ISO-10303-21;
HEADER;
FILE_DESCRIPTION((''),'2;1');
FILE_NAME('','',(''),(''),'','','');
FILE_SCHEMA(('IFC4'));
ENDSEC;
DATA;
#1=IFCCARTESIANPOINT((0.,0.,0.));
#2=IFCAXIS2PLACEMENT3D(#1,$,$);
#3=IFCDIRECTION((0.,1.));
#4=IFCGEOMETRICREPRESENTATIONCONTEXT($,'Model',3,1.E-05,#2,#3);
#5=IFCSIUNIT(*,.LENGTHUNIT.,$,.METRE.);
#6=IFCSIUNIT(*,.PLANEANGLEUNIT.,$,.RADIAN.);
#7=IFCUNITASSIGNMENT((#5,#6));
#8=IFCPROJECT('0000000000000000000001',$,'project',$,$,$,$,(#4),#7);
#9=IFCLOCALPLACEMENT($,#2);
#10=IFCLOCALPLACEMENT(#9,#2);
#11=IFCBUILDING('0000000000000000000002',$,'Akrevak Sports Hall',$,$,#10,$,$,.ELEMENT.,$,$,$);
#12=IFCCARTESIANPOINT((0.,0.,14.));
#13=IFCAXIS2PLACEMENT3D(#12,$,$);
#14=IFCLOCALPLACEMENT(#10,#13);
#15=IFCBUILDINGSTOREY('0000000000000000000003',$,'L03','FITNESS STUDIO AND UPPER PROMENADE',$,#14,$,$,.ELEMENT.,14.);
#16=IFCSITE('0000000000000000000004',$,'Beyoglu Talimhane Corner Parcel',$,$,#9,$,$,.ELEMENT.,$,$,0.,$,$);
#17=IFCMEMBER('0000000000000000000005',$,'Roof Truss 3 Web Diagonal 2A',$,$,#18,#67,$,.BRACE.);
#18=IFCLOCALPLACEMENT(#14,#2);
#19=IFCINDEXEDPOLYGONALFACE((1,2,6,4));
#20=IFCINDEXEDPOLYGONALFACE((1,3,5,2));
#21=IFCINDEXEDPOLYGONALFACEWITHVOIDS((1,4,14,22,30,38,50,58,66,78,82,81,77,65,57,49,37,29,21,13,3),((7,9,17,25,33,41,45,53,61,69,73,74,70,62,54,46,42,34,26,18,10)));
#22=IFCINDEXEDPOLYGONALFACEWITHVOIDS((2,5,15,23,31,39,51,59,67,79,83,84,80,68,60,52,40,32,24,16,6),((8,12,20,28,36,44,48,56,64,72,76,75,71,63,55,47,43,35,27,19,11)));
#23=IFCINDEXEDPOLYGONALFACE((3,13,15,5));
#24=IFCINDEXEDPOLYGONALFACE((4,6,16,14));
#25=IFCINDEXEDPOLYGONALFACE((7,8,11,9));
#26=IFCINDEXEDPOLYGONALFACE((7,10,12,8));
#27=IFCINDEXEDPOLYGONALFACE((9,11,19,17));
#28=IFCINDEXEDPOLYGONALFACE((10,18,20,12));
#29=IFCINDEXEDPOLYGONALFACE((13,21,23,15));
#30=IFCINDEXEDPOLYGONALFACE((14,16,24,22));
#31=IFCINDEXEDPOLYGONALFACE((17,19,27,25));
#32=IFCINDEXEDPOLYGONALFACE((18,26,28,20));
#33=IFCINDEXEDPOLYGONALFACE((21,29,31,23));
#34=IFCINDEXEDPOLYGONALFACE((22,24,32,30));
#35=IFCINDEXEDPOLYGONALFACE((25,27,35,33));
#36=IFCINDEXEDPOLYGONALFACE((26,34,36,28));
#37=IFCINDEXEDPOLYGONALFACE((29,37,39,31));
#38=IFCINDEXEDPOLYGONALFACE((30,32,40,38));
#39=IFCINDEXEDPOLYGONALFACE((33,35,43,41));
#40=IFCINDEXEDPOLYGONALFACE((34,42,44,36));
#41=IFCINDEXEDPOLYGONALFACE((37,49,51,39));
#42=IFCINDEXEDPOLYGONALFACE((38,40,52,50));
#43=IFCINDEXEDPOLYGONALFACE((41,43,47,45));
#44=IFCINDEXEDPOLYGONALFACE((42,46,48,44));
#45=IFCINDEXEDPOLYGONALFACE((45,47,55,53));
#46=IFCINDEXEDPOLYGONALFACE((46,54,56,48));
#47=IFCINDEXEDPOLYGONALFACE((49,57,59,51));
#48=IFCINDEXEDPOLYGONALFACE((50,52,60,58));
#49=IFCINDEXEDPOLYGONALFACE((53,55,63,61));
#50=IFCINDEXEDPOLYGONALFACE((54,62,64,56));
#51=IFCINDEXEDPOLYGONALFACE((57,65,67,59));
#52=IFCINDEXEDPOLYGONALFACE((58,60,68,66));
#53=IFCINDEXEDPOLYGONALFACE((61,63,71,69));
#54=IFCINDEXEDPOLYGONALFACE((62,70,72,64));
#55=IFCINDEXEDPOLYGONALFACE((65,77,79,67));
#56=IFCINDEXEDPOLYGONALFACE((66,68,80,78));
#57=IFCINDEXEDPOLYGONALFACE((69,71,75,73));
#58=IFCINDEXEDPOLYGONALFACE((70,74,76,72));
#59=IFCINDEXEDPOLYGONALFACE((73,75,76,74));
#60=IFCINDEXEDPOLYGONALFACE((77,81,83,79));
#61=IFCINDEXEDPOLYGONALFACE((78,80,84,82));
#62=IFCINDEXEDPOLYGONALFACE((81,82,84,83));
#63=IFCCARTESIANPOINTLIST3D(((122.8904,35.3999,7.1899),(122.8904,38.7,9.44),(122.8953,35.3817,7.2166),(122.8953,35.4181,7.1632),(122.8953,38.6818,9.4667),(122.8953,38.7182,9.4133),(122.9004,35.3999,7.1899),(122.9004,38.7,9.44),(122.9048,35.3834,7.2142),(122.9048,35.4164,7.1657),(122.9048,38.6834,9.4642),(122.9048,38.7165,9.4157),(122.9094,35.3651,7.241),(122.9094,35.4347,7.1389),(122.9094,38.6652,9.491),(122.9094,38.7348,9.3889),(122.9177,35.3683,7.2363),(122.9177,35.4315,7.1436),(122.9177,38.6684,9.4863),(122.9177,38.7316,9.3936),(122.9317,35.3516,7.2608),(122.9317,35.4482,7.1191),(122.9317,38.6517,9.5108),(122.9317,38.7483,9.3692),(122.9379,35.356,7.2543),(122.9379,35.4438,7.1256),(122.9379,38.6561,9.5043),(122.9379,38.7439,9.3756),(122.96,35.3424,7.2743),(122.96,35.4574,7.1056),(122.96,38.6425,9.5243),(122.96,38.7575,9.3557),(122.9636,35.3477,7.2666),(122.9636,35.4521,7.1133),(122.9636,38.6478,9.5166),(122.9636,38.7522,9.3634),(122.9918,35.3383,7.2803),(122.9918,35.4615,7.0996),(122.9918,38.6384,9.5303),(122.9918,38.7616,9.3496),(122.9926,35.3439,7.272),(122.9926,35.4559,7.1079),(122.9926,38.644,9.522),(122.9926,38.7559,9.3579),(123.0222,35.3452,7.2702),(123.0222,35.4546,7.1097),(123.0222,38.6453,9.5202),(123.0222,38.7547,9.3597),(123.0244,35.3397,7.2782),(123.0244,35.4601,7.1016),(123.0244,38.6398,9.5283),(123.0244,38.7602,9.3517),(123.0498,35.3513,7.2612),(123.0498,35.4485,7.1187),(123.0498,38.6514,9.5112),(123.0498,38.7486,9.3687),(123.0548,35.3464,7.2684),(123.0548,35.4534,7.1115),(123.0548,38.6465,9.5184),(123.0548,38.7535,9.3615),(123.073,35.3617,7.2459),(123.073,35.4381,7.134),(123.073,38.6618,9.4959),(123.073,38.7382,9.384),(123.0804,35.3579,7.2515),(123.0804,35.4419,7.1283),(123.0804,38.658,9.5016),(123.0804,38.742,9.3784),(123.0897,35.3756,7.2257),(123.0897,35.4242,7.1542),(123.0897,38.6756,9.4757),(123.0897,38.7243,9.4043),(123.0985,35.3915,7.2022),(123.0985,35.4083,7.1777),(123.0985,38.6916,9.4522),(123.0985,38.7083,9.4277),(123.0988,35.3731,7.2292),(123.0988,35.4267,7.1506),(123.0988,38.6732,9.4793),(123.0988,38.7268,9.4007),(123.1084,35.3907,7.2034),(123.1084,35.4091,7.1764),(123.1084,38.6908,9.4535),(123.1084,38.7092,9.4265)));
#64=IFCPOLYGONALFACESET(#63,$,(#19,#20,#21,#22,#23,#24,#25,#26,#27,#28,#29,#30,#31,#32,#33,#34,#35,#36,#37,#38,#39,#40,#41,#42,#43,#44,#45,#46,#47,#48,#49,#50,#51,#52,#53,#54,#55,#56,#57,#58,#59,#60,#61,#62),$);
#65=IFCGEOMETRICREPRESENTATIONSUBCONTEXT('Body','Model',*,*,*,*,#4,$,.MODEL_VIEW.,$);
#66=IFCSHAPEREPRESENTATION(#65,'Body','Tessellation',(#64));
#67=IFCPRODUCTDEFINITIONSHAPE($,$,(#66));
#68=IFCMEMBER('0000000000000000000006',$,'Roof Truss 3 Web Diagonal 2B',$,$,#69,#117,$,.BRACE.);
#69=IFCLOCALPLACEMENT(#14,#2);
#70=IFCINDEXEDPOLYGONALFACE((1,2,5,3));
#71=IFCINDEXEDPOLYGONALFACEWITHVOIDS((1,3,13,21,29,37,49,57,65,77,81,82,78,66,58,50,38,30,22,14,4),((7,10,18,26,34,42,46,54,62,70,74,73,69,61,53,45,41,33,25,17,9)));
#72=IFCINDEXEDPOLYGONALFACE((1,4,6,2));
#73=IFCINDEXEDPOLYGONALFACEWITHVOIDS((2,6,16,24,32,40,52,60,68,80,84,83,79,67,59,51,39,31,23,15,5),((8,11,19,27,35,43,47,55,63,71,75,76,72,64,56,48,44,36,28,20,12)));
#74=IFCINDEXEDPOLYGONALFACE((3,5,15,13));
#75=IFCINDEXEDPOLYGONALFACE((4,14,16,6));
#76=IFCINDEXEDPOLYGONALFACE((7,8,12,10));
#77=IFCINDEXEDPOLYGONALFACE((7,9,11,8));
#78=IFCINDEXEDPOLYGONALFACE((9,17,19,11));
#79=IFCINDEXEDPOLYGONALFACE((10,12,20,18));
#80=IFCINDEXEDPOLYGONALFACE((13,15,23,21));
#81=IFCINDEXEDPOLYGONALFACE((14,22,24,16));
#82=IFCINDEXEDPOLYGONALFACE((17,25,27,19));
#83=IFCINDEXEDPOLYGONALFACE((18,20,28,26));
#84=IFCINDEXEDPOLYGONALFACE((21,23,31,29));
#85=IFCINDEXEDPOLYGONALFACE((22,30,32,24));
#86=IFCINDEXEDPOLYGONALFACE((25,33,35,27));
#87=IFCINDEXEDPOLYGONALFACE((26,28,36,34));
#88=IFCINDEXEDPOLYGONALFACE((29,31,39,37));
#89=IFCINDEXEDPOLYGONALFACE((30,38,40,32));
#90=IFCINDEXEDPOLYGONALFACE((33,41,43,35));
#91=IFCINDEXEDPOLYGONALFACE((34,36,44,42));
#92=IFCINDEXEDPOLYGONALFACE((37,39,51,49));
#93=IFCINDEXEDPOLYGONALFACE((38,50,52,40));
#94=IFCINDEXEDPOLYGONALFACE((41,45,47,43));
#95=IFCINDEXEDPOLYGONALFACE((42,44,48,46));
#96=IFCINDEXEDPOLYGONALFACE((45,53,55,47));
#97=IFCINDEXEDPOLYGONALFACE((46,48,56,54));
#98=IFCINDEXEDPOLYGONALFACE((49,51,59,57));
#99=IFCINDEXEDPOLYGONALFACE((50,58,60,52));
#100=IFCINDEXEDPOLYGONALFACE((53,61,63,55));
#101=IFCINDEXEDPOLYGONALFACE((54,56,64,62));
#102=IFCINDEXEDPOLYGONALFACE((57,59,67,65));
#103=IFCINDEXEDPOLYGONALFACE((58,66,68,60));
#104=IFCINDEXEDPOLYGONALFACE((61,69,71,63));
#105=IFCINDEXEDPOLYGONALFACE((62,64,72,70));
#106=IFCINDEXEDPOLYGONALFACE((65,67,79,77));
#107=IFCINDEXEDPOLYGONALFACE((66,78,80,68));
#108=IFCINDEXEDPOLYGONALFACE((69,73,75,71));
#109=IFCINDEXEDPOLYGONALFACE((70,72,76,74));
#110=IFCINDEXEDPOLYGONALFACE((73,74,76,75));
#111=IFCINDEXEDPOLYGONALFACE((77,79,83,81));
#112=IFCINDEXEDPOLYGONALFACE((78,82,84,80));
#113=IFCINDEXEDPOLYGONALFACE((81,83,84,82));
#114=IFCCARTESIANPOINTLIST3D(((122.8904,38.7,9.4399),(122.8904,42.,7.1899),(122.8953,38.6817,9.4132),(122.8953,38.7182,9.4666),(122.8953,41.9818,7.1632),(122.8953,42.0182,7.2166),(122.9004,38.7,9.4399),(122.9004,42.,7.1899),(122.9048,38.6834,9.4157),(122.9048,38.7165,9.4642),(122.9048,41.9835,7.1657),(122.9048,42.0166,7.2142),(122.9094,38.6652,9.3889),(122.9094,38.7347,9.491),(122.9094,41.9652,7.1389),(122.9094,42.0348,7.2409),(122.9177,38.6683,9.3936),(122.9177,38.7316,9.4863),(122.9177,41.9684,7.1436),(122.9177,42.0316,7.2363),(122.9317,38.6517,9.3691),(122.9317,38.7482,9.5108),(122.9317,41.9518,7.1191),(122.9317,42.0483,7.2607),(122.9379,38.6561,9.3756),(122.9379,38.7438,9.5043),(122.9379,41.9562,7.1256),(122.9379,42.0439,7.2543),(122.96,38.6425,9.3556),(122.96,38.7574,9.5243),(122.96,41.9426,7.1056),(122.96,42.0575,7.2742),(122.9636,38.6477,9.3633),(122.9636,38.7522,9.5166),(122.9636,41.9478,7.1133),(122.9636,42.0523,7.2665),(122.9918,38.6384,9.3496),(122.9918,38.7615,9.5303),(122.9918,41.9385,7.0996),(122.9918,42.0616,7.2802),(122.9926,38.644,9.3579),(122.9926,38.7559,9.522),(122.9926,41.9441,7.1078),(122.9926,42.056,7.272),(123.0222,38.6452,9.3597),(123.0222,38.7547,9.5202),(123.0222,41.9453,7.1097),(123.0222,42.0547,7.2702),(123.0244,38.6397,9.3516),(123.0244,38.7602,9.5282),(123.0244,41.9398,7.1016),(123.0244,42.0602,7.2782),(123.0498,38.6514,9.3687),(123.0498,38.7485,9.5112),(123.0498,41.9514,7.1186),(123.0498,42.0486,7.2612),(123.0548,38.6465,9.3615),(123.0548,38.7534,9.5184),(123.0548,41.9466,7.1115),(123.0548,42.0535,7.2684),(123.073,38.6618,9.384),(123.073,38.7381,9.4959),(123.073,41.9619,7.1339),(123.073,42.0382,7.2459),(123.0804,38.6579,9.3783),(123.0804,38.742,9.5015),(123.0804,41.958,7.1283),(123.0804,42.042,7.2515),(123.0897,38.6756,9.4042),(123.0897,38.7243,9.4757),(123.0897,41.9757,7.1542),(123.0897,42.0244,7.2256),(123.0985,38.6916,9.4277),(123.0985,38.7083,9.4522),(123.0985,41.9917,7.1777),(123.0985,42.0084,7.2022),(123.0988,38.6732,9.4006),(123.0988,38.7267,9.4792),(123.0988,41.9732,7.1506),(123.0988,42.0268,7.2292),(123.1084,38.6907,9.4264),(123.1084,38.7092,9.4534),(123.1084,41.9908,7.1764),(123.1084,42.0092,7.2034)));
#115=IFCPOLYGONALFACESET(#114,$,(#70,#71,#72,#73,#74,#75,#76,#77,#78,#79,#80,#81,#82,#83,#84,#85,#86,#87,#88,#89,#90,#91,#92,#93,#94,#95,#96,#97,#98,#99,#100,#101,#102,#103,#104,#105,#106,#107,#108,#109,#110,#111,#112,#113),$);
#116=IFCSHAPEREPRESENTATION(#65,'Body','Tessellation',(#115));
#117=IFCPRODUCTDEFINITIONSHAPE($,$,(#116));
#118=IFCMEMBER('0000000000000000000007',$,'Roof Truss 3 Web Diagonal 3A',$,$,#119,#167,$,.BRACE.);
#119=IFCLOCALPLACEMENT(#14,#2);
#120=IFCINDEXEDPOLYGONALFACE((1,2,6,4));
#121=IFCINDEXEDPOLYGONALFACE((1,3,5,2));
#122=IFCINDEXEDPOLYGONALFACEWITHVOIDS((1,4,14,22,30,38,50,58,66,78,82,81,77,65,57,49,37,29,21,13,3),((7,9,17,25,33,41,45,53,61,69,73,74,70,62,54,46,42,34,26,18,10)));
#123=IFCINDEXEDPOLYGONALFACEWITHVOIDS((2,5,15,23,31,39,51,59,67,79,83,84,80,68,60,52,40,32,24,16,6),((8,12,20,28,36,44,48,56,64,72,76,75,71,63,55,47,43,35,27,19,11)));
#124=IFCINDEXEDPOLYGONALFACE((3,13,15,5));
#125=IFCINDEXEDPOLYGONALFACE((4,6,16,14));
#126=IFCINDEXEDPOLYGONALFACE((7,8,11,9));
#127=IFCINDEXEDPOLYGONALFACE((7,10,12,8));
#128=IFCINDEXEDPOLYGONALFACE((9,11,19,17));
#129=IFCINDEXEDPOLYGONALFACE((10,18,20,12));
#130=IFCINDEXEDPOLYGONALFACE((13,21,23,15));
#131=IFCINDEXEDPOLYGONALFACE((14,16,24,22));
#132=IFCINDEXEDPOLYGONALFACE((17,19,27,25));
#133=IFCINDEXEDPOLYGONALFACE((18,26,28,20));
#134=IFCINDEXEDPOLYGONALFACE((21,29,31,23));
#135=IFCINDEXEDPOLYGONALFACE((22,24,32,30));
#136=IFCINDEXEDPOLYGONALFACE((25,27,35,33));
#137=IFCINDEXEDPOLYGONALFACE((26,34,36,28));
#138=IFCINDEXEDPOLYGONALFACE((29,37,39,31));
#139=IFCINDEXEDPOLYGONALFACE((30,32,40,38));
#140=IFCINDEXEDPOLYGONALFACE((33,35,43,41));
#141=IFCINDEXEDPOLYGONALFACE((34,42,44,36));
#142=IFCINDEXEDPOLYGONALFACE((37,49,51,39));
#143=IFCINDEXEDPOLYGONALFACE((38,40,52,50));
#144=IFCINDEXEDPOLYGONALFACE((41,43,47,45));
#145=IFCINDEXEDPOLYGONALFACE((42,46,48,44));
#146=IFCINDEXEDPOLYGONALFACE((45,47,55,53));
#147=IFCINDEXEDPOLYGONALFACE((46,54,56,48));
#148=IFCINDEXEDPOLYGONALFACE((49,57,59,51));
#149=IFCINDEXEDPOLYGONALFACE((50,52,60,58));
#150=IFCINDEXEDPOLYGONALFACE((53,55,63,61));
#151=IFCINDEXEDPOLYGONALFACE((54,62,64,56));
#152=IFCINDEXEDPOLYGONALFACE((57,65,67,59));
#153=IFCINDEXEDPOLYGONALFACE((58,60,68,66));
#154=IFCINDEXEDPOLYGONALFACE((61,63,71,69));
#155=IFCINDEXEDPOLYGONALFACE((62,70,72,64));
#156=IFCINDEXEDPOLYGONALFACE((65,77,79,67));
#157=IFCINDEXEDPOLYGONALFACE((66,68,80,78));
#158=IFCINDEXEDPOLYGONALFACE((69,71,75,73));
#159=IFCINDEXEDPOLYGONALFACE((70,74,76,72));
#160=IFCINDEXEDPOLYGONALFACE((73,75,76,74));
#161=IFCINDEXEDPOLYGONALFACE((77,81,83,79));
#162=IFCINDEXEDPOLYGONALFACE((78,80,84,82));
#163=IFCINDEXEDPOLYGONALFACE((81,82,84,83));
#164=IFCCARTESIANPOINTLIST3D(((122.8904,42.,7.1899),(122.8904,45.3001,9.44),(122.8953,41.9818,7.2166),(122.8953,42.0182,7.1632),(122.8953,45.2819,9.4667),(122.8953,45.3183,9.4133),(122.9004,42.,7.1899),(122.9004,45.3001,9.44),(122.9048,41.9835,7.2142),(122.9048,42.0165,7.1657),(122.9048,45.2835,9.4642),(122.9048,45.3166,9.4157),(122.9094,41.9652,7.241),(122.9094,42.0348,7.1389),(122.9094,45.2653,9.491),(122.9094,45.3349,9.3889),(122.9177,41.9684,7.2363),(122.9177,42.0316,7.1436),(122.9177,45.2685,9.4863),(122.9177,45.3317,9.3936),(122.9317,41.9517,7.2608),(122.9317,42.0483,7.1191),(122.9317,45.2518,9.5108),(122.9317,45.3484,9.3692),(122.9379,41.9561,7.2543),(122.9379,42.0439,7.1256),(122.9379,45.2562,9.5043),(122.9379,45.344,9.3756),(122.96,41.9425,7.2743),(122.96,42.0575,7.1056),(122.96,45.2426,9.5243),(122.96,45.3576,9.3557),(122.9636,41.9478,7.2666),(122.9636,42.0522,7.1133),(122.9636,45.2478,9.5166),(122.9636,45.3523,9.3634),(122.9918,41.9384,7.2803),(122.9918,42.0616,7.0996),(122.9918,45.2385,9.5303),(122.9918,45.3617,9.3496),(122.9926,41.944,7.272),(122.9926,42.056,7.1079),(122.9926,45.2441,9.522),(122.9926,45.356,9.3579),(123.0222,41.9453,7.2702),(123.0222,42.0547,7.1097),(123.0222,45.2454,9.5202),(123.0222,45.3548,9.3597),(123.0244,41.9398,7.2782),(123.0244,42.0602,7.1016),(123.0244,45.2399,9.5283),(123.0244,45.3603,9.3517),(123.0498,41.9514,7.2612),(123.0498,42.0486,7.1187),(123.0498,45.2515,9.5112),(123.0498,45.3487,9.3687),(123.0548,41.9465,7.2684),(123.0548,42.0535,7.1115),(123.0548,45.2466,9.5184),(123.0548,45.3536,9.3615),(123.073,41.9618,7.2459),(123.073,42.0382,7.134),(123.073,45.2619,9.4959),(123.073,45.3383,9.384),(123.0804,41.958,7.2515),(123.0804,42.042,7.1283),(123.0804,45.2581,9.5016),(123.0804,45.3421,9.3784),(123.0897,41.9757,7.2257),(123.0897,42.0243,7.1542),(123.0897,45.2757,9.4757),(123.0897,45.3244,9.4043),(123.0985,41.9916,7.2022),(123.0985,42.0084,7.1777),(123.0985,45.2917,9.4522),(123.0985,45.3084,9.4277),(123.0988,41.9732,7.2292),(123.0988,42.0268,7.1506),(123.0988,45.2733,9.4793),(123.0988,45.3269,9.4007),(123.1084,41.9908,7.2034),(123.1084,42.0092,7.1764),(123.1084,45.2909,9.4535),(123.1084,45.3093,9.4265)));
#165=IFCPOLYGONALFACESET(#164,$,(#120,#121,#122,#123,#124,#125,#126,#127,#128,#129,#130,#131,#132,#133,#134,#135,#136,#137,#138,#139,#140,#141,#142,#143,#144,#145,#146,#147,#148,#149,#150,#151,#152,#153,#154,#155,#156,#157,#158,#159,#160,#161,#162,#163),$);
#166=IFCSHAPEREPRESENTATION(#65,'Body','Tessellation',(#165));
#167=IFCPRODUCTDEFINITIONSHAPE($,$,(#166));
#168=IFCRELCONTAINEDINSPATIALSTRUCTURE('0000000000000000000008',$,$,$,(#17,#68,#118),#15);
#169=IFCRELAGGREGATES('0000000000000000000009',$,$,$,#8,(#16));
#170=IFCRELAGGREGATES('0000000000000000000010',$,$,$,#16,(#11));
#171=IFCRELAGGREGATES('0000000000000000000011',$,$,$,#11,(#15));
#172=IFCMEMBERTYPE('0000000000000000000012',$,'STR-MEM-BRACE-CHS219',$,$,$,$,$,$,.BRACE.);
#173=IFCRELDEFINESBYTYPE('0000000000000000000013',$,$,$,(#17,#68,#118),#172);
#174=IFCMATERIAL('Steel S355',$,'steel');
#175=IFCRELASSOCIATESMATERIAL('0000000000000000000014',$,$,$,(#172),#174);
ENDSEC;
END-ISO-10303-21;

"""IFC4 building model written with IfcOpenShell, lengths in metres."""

from ifc_helpers import new_model, si_unit, direction, frame, origin, origin_2d, place, context, subcontext, project, spatial, hollow_circle, extrude, material, material_profile, profile_set, type_object, element, save


model = new_model("IFC4")

# Units and contexts
model_context = context("Model", 3, precision=1e-05, world=origin(), true_north=direction((0.0, 1.0)))
body_context = subcontext(model_context, "Body", "Model", "MODEL_VIEW")
ifc_project = project(units=[si_unit("LENGTHUNIT", "METRE"), si_unit("PLANEANGLEUNIT", "RADIAN")], contexts=[model_context])

# Site, building, storey
site_placement = place(None, origin())
site = spatial("IfcSite", under=ifc_project, at=site_placement, Name="Beyoglu Talimhane Corner Parcel", CompositionType="ELEMENT", RefElevation=0.0)
building_placement = place(site_placement, origin())
building = spatial("IfcBuilding", under=site, at=building_placement, Name="Akrevak Sports Hall", CompositionType="ELEMENT")
storey_placement = place(building_placement, frame((0.0, 0.0, 14.0)))
storey = spatial("IfcBuildingStorey", under=building, at=storey_placement, Name="L03", Description="FITNESS STUDIO AND UPPER PROMENADE", CompositionType="ELEMENT", Elevation=14.0)

# Shared definitions
ifc_material_1 = material(Name="Steel S355", Category="steel")

# Members
ifc_material_profile_1 = material_profile(ifc_material_1, hollow_circle(Radius=0.1096, WallThickness=0.01, at=origin_2d()), Name="CHS 219.1x10", Category="steel")
ifc_profile_set_1 = profile_set([ifc_material_profile_1], Name="Steel S355")
member_type_1 = type_object("IfcMemberType", Name="STR-MEM-BRACE-CHS219", PredefinedType="BRACE", material=ifc_profile_set_1)
for number, where, z_axis, x_axis, name in (
    (1, (123.0, 35.3999, 7.1899), (0.0, 0.826231, 0.563331), (-1.0, 0.0, 0.0), "Roof Truss 3 Web Diagonal 2A"),
    (2, (123.0, 38.7, 9.4399), (0.0, 0.826231, -0.563331), (-1.0, 0.0, 0.0), "Roof Truss 3 Web Diagonal 2B"),
    (3, (123.0, 42.0, 7.1899), (0.0, 0.826231, 0.563331), (-1.0, 0.0, 0.0), "Roof Truss 3 Web Diagonal 3A"),
):
    element("IfcMember", number, at=place(storey_placement, frame(where, z_axis=z_axis, x_axis=x_axis)), inside=storey, type_object=member_type_1, Name=name, PredefinedType="BRACE", context=body_context, shape_type="SweptSolid", body=[
        extrude(hollow_circle(Radius=0.1096, WallThickness=0.01, at=origin_2d()), origin(), (0.0, 0.0, 1.0), 3.9941),
    ])

save(model, "model.ifc")
